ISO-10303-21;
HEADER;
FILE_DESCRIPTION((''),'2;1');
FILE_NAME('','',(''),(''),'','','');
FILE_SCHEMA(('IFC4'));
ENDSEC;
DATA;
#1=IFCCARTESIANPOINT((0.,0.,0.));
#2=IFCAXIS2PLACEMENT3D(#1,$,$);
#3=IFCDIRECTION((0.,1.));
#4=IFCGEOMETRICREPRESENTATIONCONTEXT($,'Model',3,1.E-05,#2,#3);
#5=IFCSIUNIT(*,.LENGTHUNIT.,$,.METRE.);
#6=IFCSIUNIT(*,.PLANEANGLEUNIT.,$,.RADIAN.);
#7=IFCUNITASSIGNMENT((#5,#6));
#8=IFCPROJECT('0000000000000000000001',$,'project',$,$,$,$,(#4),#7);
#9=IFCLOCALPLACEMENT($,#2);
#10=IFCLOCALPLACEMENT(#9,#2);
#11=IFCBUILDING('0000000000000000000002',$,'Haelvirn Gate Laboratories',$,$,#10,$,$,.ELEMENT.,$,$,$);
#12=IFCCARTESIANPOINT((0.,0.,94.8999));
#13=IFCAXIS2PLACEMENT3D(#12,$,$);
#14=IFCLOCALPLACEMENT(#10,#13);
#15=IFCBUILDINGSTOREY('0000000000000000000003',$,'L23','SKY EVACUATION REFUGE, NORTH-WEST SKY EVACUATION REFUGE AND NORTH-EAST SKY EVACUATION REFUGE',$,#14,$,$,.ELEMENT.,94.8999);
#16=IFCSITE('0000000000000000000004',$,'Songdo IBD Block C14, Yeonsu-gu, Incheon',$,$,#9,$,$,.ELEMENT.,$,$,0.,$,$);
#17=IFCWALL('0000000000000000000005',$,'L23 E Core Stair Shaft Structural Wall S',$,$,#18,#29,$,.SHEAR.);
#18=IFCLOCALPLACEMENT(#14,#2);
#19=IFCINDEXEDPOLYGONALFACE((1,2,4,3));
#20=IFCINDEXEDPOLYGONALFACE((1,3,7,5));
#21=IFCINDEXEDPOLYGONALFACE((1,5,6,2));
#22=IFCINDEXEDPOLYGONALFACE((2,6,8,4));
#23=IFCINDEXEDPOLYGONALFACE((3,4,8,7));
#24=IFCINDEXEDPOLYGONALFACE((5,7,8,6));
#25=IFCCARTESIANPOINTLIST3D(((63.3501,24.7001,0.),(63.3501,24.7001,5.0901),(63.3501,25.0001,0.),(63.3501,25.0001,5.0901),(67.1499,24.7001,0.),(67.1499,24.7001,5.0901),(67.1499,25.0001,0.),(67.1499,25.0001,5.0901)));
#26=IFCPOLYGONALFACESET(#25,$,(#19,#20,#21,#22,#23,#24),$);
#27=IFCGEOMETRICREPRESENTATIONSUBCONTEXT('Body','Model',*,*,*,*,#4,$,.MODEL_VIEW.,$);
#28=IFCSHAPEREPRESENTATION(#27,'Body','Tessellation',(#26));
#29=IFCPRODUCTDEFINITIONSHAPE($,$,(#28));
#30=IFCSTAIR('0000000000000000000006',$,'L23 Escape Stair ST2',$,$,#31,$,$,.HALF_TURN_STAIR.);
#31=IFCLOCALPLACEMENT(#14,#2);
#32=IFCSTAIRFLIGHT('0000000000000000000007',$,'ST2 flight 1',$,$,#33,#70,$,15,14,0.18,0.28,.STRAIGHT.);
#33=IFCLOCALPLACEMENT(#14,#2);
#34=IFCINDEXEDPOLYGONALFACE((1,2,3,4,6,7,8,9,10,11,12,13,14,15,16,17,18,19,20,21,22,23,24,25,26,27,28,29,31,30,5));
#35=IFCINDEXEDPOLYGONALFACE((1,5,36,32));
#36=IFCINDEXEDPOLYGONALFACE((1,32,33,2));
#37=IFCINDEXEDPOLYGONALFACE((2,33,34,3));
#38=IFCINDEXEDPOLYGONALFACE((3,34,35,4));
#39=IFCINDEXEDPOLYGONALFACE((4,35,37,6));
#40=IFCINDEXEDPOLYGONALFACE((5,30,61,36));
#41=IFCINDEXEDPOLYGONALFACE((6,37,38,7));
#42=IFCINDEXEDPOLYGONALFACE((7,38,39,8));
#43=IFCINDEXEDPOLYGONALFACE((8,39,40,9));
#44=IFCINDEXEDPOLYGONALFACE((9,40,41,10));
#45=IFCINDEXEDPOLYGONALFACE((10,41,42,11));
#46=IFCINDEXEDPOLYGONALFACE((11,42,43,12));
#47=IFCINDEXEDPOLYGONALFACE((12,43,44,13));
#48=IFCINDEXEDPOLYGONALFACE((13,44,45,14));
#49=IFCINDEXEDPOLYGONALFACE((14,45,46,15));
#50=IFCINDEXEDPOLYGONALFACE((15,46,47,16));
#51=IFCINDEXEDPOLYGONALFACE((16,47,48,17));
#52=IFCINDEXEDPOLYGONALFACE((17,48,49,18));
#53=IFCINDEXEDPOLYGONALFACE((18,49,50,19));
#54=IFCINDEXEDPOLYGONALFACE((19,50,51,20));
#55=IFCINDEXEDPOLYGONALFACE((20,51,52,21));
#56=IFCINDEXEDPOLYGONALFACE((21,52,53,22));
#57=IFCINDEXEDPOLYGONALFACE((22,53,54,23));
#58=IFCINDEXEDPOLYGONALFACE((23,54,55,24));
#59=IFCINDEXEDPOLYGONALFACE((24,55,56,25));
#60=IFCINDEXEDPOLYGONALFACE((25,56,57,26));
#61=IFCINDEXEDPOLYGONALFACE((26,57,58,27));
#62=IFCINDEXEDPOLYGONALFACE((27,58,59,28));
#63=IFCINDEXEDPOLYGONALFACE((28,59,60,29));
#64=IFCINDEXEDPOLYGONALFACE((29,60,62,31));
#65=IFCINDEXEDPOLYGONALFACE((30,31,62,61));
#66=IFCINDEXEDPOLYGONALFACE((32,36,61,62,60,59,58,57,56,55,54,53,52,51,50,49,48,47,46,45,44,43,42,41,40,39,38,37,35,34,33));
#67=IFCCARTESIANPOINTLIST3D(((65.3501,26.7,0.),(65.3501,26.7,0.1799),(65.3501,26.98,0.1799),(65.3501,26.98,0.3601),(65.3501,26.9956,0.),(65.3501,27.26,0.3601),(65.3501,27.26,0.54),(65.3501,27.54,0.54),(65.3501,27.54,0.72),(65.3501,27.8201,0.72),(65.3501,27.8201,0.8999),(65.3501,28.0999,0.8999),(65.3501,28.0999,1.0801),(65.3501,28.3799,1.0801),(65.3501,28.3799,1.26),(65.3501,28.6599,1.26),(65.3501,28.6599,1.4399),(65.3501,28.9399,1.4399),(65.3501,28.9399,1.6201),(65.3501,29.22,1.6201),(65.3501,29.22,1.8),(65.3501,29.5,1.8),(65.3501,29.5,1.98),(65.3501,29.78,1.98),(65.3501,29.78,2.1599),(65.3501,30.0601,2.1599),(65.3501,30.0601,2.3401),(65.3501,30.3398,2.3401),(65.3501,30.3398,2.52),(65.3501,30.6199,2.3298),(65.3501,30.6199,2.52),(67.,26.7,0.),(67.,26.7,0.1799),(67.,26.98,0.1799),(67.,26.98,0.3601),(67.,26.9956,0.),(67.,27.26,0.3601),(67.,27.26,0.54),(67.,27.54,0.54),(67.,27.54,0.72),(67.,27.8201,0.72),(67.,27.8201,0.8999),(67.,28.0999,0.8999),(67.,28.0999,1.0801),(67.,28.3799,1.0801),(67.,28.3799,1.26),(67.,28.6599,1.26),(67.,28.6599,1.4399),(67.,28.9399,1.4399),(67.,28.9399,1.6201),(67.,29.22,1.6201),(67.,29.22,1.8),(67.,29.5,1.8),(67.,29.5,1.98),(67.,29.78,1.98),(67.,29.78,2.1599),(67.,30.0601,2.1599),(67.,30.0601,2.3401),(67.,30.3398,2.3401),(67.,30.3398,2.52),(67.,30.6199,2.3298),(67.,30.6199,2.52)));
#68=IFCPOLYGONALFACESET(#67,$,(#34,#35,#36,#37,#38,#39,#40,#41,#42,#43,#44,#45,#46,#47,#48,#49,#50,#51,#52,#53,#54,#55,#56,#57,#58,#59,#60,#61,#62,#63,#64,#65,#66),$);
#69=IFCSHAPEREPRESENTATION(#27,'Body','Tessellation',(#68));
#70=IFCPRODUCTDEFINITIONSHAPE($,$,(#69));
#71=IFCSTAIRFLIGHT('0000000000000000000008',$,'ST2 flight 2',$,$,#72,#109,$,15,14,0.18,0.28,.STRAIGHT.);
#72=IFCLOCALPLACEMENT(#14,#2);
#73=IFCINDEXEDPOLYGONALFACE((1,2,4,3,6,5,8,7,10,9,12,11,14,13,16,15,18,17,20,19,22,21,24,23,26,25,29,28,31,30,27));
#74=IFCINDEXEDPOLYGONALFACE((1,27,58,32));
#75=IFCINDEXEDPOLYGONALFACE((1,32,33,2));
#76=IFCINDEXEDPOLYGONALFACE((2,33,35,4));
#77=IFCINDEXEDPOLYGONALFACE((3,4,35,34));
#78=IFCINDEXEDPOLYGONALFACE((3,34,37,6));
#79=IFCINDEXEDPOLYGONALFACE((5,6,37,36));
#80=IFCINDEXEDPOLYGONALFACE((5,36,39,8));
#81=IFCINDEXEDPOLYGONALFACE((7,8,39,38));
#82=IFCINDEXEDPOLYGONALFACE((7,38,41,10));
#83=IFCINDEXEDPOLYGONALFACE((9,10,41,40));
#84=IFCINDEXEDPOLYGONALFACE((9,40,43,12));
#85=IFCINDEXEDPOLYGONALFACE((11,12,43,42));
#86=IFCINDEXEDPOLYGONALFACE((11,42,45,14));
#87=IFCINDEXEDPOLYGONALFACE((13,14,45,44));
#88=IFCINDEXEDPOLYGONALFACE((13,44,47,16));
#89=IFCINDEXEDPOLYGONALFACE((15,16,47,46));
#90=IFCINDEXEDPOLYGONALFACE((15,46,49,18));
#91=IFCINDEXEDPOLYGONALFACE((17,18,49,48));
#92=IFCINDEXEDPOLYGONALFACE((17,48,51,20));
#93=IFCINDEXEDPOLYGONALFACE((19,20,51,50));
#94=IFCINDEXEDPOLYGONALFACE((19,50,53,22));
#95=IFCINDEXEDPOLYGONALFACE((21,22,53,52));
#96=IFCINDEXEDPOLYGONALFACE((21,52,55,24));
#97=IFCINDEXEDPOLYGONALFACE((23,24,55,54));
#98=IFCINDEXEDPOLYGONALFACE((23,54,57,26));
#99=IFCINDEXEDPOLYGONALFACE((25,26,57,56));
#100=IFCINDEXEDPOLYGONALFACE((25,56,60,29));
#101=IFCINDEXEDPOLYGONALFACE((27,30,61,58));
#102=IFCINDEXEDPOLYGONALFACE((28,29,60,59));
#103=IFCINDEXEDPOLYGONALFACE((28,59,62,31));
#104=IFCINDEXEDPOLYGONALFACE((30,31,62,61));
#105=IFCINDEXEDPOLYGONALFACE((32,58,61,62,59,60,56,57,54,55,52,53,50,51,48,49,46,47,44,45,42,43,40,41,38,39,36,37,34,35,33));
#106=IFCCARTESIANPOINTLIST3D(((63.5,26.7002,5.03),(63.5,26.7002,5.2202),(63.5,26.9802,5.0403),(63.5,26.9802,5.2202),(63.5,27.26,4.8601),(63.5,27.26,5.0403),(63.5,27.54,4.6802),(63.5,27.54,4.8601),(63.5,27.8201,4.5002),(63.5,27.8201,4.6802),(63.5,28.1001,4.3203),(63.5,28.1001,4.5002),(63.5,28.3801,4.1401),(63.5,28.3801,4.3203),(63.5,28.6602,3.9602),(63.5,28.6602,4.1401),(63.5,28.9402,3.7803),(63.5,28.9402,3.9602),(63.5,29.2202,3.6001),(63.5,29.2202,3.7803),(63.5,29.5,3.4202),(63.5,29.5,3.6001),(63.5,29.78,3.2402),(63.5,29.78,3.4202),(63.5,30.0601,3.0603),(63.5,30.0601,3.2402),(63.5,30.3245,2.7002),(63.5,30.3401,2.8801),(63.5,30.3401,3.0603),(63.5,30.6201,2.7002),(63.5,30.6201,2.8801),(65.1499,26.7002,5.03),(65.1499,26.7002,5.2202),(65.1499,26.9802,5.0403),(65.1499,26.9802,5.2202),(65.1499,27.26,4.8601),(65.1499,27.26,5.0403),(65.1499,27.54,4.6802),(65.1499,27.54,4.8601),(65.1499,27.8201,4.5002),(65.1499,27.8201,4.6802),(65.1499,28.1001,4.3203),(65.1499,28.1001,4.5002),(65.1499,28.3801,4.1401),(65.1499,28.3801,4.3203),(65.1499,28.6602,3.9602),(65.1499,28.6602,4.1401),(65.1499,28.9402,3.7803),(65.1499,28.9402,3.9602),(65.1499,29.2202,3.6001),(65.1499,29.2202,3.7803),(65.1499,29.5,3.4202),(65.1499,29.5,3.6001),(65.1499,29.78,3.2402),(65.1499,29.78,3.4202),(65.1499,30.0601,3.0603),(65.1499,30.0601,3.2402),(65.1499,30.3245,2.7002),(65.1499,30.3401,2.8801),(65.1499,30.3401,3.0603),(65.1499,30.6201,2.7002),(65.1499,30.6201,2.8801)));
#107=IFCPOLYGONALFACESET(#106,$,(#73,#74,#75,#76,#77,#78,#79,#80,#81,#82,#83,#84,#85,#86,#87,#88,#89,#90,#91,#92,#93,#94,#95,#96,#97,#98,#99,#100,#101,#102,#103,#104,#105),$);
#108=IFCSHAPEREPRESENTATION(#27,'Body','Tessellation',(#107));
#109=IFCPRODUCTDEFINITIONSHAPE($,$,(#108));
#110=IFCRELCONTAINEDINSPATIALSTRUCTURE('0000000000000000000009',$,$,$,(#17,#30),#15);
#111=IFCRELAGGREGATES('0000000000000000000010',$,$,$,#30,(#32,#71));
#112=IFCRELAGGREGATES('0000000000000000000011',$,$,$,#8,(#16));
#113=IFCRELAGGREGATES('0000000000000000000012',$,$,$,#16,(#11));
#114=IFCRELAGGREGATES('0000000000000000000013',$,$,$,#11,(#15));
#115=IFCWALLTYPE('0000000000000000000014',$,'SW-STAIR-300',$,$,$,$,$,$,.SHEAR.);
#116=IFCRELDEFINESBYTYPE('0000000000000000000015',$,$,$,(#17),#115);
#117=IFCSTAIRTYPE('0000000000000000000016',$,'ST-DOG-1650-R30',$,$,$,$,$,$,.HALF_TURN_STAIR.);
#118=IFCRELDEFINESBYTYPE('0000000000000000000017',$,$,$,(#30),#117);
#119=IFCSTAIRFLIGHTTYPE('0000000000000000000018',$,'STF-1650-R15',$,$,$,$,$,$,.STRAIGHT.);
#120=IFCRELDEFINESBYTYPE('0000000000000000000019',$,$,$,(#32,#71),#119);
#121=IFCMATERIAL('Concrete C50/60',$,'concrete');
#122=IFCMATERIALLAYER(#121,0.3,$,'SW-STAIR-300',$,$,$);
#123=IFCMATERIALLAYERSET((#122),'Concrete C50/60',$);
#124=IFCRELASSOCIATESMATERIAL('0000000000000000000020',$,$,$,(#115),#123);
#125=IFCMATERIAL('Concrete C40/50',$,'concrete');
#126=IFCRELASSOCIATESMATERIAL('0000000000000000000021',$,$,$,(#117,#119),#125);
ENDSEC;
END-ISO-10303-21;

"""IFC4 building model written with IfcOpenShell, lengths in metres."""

from ifc_helpers import new_model, si_unit, direction, frame, frame_2d, origin, place, context, subcontext, project, spatial, polyline, rectangle, outline, extrude, source, transform, mapped, material, layer, layer_set, type_object, type_shapes, element, aggregate, save


model = new_model("IFC4")

# Units and contexts
model_context = context("Model", 3, precision=1e-05, world=origin(), true_north=direction((0.0, 1.0)))
body_context = subcontext(model_context, "Body", "Model", "MODEL_VIEW")
ifc_project = project(units=[si_unit("LENGTHUNIT", "METRE"), si_unit("PLANEANGLEUNIT", "RADIAN")], contexts=[model_context])

# Site, building, storey
site_placement = place(None, origin())
site = spatial("IfcSite", under=ifc_project, at=site_placement, Name="Songdo IBD Block C14, Yeonsu-gu, Incheon", CompositionType="ELEMENT", RefElevation=0.0)
building_placement = place(site_placement, origin())
building = spatial("IfcBuilding", under=site, at=building_placement, Name="Haelvirn Gate Laboratories", CompositionType="ELEMENT")
storey_placement = place(building_placement, frame((0.0, 0.0, 94.8999)))
storey = spatial("IfcBuildingStorey", under=building, at=storey_placement, Name="L23", Description="SKY EVACUATION REFUGE, NORTH-WEST SKY EVACUATION REFUGE AND NORTH-EAST SKY EVACUATION REFUGE", CompositionType="ELEMENT", Elevation=94.8999)

# Shared definitions
ifc_material_1 = material(Name="Concrete C40/50", Category="concrete")

# Shared definitions
ifc_material_2 = material(Name="Concrete C50/60", Category="concrete")

# Shared definitions
ifc_layer_1 = layer(ifc_material_2, 0.3, Name="SW-STAIR-300")
ifc_layer_set_1 = layer_set([ifc_layer_1], Name="Concrete C50/60")
wall_type_1 = type_object("IfcWallType", Name="SW-STAIR-300", PredefinedType="SHEAR", material=ifc_layer_set_1)

# Wall
wall_1_placement = place(storey_placement, frame((63.3501, 24.8501, 0.0), z_axis=(0.0, 0.0, 1.0), x_axis=(1.0, 0.0, 0.0)))
element("IfcWall", 1, at=wall_1_placement, inside=storey, type_object=wall_type_1, Name="L23 E Core Stair Shaft Structural Wall S", PredefinedType="SHEAR", context=body_context, shape_type="SweptSolid", body=[
    extrude(rectangle(XDim=3.7998, YDim=0.3, at=frame_2d((1.8999, 0.0))), origin(), (0.0, 0.0, 1.0), 5.0901),
])

# Stair, stair flights
stair_type = type_object("IfcStairType", Name="ST-DOG-1650-R30", PredefinedType="HALF_TURN_STAIR", material=ifc_material_1)
stair_placement = place(storey_placement, origin())
stair = element("IfcStair", 2, at=stair_placement, inside=storey, type_object=stair_type, Name="L23 Escape Stair ST2", PredefinedType="HALF_TURN_STAIR")
stair_flight_type = type_object("IfcStairFlightType", Name="STF-1650-R15", PredefinedType="STRAIGHT", material=ifc_material_1)
shared_shape_1 = source(origin(), body_context, "Body", "SweptSolid", [
    extrude(outline(polyline([(0.0, 0.0), (0.0, 0.1799), (0.28, 0.1799), (0.28, 0.3601), (0.5601, 0.3601), (0.5601, 0.54), (0.8401, 0.54), (0.8401, 0.72), (1.1201, 0.72), (1.1201, 0.8999), (1.3999, 0.8999), (1.3999, 1.0801), (1.6799, 1.0801), (1.6799, 1.26), (1.96, 1.26), (1.96, 1.4399), (2.24, 1.4399), (2.24, 1.6201), (2.52, 1.6201), (2.52, 1.8), (2.8, 1.8), (2.8, 1.98), (3.0801, 1.98), (3.0801, 2.1599), (3.3601, 2.1599), (3.3601, 2.3401), (3.6399, 2.3401), (3.6399, 2.52), (3.9199, 2.52), (3.9199, 2.7), (3.9199, 2.3298), (0.2957, 0.0), (0.0, 0.0)])), frame((0.0, 0.825, 0.0), z_axis=(0.0, -1.0, 0.0), x_axis=(1.0, 0.0, 0.0)), (0.0, 0.0, 1.0), 1.6499),
])
type_shapes(stair_flight_type, [shared_shape_1])
stair_flight_1_placement = place(storey_placement, frame((66.175, 26.7, 0.0), z_axis=(0.0, 0.0, 1.0), x_axis=(0.0, 1.0, 0.0)))
stair_flight_1 = element("IfcStairFlight", 3, at=stair_flight_1_placement, type_object=stair_flight_type, Name="ST2 flight 1", NumberOfRisers=15, NumberOfTreads=14, PredefinedType="STRAIGHT", RiserHeight=0.18, TreadLength=0.28, context=body_context, shape_type="MappedRepresentation", body=[
    mapped(shared_shape_1, transform((0.0, 0.0, 0.0), scale=1.0)),
])
stair_flight_2_placement = place(storey_placement, frame((64.325, 30.6201, 2.7002), z_axis=(0.0, 0.0, 1.0), x_axis=(0.0, -1.0, 0.0)))
stair_flight_2 = element("IfcStairFlight", 4, at=stair_flight_2_placement, type_object=stair_flight_type, Name="ST2 flight 2", NumberOfRisers=15, NumberOfTreads=14, PredefinedType="STRAIGHT", RiserHeight=0.18, TreadLength=0.28, context=body_context, shape_type="MappedRepresentation", body=[
    mapped(shared_shape_1, transform((0.0, 0.0, 0.0), scale=1.0)),
])
aggregate(stair, [stair_flight_1, stair_flight_2])

save(model, "model.ifc")
